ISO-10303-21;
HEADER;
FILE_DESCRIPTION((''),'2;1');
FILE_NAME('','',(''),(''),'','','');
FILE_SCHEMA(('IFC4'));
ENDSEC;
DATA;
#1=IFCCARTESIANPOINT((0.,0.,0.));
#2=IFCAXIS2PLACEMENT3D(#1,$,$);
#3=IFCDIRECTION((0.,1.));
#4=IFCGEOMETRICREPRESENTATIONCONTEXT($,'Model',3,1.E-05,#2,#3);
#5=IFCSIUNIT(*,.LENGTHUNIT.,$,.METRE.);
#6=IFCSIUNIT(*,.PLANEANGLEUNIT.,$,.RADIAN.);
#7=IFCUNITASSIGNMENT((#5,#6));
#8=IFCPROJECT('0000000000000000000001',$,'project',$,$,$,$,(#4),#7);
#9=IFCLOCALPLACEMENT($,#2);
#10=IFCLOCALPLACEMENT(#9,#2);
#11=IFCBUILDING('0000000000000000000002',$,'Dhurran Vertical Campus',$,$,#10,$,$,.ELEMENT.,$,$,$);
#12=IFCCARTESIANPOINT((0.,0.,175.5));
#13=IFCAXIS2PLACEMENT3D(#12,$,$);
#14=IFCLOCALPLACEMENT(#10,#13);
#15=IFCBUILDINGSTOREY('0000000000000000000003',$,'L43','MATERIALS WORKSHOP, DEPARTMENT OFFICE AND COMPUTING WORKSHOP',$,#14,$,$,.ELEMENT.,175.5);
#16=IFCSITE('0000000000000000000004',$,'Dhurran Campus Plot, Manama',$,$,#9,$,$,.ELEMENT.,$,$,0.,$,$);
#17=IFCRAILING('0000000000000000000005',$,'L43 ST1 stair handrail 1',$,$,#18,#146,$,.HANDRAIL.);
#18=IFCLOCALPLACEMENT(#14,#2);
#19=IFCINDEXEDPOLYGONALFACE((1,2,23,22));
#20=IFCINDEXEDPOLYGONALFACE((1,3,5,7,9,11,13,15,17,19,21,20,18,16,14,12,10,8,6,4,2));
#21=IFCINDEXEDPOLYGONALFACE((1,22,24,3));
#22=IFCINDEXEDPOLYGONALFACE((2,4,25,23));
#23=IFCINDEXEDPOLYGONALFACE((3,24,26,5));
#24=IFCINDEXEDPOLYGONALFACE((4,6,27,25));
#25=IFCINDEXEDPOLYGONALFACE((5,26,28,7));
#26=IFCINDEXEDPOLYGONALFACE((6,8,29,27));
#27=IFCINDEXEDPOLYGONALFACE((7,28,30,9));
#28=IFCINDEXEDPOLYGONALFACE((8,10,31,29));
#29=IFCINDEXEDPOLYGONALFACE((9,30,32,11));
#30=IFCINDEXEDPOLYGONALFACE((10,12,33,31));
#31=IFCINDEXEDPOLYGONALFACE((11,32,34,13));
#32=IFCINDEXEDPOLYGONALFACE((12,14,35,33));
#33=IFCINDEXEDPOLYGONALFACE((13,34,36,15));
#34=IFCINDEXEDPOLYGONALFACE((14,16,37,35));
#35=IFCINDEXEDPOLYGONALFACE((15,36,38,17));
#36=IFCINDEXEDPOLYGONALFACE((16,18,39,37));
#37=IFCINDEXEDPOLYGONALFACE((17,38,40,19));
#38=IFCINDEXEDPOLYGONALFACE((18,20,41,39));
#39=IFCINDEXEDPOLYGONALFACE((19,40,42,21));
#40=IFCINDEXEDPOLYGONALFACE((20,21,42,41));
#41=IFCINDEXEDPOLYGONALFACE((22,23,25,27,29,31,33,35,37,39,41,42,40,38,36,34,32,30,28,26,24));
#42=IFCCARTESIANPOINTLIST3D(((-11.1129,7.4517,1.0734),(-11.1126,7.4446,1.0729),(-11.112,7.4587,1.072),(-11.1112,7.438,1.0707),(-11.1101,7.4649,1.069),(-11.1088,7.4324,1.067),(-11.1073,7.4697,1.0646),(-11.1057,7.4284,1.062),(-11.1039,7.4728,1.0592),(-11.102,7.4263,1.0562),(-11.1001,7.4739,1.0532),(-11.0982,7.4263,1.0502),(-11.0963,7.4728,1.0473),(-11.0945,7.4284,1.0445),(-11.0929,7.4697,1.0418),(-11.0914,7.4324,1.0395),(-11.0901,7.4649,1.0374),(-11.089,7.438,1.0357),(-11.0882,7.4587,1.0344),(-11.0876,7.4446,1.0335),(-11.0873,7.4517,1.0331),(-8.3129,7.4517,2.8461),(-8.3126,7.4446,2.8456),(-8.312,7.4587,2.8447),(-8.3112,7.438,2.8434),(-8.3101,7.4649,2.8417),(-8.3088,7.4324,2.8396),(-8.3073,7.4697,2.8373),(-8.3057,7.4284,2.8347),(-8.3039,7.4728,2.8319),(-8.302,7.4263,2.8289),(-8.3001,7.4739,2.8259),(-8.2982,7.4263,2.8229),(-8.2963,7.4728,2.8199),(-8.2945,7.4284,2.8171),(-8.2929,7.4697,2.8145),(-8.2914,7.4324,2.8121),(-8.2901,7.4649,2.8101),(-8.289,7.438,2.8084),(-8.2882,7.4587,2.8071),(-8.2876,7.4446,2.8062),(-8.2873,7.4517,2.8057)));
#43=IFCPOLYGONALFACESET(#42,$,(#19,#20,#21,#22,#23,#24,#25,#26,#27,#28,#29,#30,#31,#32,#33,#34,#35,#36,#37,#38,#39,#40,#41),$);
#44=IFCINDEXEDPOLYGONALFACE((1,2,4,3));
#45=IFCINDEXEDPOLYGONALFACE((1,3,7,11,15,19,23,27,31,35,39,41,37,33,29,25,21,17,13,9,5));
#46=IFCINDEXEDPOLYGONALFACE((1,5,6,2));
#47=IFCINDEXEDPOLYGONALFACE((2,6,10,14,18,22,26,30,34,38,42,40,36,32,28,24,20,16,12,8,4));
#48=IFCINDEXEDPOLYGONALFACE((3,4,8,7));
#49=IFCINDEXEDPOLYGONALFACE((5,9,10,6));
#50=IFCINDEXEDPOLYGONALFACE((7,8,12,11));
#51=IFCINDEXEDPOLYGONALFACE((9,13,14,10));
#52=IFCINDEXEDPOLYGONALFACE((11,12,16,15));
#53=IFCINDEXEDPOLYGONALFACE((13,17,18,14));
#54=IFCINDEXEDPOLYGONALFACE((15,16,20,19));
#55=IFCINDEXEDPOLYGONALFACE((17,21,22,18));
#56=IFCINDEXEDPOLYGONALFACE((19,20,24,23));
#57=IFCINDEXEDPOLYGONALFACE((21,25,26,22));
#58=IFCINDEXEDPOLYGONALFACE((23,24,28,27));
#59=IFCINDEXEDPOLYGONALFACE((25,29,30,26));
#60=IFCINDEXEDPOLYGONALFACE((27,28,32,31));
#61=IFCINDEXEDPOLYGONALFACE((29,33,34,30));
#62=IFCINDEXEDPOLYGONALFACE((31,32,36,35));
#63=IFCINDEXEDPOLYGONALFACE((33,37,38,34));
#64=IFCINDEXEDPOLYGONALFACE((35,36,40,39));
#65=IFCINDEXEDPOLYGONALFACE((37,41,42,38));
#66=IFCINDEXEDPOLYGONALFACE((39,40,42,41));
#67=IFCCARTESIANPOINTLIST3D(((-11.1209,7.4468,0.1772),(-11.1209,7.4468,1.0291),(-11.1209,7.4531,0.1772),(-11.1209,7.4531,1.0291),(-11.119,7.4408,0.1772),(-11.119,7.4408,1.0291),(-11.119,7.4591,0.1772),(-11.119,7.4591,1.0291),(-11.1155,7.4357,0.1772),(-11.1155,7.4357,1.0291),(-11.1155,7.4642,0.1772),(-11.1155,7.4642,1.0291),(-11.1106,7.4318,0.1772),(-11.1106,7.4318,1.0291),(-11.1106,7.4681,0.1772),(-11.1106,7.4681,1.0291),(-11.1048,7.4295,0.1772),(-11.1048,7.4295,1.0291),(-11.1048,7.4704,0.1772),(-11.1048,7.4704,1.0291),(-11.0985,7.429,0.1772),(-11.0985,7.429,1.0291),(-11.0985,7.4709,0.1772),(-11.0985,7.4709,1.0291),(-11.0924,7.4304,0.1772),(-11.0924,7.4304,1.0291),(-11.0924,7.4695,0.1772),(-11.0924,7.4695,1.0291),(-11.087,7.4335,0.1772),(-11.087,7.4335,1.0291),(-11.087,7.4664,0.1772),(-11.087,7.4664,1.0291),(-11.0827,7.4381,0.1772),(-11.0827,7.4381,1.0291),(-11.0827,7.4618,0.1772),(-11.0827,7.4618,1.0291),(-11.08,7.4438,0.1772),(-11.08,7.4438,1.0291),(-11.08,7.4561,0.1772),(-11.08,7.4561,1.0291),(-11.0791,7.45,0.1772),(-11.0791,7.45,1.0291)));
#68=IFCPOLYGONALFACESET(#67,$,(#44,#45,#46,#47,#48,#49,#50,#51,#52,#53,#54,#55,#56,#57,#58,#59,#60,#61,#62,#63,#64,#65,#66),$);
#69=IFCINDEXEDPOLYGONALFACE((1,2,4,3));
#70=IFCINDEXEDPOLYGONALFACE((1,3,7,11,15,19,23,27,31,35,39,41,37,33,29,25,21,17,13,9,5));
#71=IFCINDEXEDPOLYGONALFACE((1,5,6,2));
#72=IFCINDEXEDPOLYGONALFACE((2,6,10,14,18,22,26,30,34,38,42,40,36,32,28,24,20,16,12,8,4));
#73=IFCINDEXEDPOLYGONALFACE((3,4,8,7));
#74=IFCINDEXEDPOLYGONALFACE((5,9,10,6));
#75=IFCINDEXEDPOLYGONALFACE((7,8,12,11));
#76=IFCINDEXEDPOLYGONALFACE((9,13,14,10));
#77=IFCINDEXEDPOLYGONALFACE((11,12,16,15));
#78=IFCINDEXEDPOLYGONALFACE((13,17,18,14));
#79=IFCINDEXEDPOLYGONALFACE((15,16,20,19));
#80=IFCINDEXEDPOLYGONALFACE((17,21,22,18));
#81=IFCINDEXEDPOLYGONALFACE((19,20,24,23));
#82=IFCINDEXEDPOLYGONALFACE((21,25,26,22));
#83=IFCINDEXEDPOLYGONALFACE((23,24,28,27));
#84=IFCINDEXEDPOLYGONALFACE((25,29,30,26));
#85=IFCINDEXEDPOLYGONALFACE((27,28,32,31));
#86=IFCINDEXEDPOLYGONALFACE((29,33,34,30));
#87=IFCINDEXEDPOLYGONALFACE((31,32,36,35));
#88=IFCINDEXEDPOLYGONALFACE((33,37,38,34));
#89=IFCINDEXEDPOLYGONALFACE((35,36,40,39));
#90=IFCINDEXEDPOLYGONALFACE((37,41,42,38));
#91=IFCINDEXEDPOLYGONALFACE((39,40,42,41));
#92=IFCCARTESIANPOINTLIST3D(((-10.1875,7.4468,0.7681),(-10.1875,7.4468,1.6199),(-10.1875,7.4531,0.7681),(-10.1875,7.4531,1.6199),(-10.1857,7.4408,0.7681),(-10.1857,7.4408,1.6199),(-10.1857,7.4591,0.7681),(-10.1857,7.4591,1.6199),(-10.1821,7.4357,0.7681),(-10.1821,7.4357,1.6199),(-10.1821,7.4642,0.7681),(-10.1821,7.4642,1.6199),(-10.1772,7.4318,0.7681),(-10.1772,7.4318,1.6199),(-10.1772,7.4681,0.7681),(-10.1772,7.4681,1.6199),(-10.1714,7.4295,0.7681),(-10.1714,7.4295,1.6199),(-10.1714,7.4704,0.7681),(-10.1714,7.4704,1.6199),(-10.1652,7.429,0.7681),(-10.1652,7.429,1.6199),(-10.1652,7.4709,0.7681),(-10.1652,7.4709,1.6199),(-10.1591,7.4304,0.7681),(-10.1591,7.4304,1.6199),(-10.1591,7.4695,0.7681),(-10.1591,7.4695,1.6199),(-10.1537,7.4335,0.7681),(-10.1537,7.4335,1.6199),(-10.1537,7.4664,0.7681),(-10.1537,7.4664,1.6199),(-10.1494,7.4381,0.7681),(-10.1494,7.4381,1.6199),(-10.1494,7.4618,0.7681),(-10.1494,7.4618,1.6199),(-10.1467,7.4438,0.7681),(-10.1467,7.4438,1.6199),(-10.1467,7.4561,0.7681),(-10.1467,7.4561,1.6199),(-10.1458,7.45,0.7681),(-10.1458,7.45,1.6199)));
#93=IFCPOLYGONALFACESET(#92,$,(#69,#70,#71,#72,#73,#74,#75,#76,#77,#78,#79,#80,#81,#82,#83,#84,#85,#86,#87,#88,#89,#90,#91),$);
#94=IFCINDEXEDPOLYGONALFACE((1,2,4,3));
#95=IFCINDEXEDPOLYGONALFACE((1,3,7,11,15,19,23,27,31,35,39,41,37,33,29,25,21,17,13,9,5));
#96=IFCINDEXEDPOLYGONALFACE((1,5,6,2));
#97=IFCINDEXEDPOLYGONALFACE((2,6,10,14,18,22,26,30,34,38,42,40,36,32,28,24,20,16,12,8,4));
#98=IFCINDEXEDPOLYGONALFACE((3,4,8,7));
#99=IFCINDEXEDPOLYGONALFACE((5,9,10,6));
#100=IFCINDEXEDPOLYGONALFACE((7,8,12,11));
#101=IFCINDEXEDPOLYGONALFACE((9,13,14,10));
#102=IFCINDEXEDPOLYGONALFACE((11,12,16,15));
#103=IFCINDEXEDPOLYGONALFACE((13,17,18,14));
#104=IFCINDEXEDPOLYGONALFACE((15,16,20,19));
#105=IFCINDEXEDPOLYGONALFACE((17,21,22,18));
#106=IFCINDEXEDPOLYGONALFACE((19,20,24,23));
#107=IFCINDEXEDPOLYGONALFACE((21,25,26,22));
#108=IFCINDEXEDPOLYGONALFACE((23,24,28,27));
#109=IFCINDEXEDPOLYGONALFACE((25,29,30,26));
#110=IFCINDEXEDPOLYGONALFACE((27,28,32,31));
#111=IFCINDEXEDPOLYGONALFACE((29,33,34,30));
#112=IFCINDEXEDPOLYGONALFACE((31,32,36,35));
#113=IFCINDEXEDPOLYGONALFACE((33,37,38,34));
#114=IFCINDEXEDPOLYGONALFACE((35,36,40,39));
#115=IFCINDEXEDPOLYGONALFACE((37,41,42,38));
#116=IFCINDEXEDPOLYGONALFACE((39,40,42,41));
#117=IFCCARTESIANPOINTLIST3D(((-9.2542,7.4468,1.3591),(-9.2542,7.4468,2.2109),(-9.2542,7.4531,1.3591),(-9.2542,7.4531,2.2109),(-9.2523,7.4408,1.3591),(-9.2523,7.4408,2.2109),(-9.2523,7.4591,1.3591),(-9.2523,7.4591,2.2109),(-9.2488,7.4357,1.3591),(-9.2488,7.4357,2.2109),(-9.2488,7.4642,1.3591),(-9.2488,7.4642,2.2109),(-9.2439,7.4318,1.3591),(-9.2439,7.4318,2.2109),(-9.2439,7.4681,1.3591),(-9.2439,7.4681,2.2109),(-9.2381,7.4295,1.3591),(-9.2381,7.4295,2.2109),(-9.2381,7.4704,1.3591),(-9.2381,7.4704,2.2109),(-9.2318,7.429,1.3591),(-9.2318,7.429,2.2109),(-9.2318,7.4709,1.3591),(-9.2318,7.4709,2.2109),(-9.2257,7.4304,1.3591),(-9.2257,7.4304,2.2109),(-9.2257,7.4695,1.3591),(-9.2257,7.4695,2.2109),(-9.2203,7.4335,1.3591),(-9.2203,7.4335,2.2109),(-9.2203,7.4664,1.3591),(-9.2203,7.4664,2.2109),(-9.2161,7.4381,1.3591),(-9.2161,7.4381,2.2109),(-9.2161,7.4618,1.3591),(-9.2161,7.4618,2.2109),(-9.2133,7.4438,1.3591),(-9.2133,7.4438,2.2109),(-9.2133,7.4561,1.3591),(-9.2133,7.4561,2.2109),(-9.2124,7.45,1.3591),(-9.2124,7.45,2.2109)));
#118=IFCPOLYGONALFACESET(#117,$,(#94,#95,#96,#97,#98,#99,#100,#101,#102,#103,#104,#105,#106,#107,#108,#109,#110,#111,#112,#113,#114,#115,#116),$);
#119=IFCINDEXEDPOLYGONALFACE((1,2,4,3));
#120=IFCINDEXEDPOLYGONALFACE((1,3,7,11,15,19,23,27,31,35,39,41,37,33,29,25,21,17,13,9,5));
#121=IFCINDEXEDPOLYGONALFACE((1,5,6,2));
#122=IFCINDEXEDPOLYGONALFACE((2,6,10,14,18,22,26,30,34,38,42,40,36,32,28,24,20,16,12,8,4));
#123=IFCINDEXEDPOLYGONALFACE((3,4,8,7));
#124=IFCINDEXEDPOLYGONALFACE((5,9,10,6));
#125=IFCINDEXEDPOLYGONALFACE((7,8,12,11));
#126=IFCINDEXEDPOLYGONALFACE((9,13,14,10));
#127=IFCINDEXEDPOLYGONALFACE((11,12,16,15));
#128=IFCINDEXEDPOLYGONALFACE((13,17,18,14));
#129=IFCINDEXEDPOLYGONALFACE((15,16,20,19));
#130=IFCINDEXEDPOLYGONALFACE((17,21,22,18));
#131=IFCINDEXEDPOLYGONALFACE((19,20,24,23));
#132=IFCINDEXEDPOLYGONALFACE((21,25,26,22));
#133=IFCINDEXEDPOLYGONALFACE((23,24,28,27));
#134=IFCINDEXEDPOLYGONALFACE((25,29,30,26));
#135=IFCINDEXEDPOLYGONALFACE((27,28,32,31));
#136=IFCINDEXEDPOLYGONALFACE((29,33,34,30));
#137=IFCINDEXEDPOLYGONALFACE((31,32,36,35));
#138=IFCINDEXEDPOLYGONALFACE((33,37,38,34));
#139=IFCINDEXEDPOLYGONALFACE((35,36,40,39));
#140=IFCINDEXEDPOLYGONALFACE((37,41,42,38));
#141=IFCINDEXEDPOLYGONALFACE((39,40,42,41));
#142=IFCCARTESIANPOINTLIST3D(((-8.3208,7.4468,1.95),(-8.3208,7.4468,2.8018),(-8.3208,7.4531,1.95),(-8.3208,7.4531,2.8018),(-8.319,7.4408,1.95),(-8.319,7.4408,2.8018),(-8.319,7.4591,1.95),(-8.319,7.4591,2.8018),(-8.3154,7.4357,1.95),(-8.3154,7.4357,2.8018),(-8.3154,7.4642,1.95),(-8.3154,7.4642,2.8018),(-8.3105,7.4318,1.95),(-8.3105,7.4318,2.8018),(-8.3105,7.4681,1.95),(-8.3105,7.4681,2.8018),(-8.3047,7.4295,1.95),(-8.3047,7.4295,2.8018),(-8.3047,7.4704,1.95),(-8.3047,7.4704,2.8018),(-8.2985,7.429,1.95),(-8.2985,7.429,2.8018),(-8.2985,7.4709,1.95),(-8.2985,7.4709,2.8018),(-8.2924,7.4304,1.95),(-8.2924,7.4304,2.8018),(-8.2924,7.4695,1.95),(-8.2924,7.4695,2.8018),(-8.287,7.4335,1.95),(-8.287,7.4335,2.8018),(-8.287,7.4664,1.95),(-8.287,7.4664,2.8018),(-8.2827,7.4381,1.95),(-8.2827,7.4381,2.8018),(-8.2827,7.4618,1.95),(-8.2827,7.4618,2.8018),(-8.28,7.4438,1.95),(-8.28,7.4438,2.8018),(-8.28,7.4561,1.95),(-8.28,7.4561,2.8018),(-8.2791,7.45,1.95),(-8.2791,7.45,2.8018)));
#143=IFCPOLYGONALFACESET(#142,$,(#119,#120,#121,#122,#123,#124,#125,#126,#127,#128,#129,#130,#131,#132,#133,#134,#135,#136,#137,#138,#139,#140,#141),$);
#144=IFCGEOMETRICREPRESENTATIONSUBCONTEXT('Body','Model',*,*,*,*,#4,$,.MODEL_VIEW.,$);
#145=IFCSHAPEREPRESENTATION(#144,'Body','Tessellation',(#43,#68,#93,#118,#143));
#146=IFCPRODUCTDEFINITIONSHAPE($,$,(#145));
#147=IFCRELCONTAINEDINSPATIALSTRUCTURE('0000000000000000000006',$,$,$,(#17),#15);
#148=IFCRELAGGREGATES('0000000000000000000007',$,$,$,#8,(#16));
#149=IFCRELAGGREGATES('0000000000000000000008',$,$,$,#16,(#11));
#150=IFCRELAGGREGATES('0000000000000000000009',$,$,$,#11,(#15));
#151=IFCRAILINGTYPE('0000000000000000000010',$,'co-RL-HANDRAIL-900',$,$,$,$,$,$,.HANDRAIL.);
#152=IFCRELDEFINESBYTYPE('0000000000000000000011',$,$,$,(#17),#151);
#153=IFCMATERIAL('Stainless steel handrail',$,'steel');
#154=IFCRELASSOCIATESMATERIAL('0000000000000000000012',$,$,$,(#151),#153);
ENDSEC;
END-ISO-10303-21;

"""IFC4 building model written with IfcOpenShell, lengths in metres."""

from ifc_helpers import new_model, si_unit, direction, frame, origin, origin_2d, place, context, subcontext, project, spatial, circle, extrude, material, type_object, element, save


model = new_model("IFC4")

# Units and contexts
model_context = context("Model", 3, precision=1e-05, world=origin(), true_north=direction((0.0, 1.0)))
body_context = subcontext(model_context, "Body", "Model", "MODEL_VIEW")
ifc_project = project(units=[si_unit("LENGTHUNIT", "METRE"), si_unit("PLANEANGLEUNIT", "RADIAN")], contexts=[model_context])

# Site, building, storey
site_placement = place(None, origin())
site = spatial("IfcSite", under=ifc_project, at=site_placement, Name="Dhurran Campus Plot, Manama", CompositionType="ELEMENT", RefElevation=0.0)
building_placement = place(site_placement, origin())
building = spatial("IfcBuilding", under=site, at=building_placement, Name="Dhurran Vertical Campus", CompositionType="ELEMENT")
storey_placement = place(building_placement, frame((0.0, 0.0, 175.5)))
storey = spatial("IfcBuildingStorey", under=building, at=storey_placement, Name="L43", Description="MATERIALS WORKSHOP, DEPARTMENT OFFICE AND COMPUTING WORKSHOP", CompositionType="ELEMENT", Elevation=175.5)

# Railing
ifc_material_1 = material(Name="Stainless steel handrail", Category="steel")
railing_type_1 = type_object("IfcRailingType", Name="co-RL-HANDRAIL-900", PredefinedType="HANDRAIL", material=ifc_material_1)
railing_1_placement = place(storey_placement, frame((-11.1001, 7.45, 0.1772)))
element("IfcRailing", 1, at=railing_1_placement, inside=storey, type_object=railing_type_1, Name="L43 ST1 stair handrail 1", PredefinedType="HANDRAIL", context=body_context, shape_type="SweptSolid", body=[
    extrude(circle(Radius=0.0239, at=origin_2d()), frame((0.0, 0.0, 0.876), z_axis=(0.844909, 0.0, 0.53491), x_axis=(0.0, 1.0, 0.0)), (0.0, 0.0, 1.0), 3.314),
    extrude(circle(Radius=0.021, at=origin_2d()), origin(), (0.0, 0.0, 1.0), 0.8518),
    extrude(circle(Radius=0.021, at=origin_2d()), frame((0.9333, 0.0, 0.5908)), (0.0, 0.0, 1.0), 0.8518),
    extrude(circle(Radius=0.021, at=origin_2d()), frame((1.8667, 0.0, 1.1819)), (0.0, 0.0, 1.0), 0.8518),
    extrude(circle(Radius=0.021, at=origin_2d()), frame((2.8, 0.0, 1.7727)), (0.0, 0.0, 1.0), 0.8518),
])

save(model, "model.ifc")
